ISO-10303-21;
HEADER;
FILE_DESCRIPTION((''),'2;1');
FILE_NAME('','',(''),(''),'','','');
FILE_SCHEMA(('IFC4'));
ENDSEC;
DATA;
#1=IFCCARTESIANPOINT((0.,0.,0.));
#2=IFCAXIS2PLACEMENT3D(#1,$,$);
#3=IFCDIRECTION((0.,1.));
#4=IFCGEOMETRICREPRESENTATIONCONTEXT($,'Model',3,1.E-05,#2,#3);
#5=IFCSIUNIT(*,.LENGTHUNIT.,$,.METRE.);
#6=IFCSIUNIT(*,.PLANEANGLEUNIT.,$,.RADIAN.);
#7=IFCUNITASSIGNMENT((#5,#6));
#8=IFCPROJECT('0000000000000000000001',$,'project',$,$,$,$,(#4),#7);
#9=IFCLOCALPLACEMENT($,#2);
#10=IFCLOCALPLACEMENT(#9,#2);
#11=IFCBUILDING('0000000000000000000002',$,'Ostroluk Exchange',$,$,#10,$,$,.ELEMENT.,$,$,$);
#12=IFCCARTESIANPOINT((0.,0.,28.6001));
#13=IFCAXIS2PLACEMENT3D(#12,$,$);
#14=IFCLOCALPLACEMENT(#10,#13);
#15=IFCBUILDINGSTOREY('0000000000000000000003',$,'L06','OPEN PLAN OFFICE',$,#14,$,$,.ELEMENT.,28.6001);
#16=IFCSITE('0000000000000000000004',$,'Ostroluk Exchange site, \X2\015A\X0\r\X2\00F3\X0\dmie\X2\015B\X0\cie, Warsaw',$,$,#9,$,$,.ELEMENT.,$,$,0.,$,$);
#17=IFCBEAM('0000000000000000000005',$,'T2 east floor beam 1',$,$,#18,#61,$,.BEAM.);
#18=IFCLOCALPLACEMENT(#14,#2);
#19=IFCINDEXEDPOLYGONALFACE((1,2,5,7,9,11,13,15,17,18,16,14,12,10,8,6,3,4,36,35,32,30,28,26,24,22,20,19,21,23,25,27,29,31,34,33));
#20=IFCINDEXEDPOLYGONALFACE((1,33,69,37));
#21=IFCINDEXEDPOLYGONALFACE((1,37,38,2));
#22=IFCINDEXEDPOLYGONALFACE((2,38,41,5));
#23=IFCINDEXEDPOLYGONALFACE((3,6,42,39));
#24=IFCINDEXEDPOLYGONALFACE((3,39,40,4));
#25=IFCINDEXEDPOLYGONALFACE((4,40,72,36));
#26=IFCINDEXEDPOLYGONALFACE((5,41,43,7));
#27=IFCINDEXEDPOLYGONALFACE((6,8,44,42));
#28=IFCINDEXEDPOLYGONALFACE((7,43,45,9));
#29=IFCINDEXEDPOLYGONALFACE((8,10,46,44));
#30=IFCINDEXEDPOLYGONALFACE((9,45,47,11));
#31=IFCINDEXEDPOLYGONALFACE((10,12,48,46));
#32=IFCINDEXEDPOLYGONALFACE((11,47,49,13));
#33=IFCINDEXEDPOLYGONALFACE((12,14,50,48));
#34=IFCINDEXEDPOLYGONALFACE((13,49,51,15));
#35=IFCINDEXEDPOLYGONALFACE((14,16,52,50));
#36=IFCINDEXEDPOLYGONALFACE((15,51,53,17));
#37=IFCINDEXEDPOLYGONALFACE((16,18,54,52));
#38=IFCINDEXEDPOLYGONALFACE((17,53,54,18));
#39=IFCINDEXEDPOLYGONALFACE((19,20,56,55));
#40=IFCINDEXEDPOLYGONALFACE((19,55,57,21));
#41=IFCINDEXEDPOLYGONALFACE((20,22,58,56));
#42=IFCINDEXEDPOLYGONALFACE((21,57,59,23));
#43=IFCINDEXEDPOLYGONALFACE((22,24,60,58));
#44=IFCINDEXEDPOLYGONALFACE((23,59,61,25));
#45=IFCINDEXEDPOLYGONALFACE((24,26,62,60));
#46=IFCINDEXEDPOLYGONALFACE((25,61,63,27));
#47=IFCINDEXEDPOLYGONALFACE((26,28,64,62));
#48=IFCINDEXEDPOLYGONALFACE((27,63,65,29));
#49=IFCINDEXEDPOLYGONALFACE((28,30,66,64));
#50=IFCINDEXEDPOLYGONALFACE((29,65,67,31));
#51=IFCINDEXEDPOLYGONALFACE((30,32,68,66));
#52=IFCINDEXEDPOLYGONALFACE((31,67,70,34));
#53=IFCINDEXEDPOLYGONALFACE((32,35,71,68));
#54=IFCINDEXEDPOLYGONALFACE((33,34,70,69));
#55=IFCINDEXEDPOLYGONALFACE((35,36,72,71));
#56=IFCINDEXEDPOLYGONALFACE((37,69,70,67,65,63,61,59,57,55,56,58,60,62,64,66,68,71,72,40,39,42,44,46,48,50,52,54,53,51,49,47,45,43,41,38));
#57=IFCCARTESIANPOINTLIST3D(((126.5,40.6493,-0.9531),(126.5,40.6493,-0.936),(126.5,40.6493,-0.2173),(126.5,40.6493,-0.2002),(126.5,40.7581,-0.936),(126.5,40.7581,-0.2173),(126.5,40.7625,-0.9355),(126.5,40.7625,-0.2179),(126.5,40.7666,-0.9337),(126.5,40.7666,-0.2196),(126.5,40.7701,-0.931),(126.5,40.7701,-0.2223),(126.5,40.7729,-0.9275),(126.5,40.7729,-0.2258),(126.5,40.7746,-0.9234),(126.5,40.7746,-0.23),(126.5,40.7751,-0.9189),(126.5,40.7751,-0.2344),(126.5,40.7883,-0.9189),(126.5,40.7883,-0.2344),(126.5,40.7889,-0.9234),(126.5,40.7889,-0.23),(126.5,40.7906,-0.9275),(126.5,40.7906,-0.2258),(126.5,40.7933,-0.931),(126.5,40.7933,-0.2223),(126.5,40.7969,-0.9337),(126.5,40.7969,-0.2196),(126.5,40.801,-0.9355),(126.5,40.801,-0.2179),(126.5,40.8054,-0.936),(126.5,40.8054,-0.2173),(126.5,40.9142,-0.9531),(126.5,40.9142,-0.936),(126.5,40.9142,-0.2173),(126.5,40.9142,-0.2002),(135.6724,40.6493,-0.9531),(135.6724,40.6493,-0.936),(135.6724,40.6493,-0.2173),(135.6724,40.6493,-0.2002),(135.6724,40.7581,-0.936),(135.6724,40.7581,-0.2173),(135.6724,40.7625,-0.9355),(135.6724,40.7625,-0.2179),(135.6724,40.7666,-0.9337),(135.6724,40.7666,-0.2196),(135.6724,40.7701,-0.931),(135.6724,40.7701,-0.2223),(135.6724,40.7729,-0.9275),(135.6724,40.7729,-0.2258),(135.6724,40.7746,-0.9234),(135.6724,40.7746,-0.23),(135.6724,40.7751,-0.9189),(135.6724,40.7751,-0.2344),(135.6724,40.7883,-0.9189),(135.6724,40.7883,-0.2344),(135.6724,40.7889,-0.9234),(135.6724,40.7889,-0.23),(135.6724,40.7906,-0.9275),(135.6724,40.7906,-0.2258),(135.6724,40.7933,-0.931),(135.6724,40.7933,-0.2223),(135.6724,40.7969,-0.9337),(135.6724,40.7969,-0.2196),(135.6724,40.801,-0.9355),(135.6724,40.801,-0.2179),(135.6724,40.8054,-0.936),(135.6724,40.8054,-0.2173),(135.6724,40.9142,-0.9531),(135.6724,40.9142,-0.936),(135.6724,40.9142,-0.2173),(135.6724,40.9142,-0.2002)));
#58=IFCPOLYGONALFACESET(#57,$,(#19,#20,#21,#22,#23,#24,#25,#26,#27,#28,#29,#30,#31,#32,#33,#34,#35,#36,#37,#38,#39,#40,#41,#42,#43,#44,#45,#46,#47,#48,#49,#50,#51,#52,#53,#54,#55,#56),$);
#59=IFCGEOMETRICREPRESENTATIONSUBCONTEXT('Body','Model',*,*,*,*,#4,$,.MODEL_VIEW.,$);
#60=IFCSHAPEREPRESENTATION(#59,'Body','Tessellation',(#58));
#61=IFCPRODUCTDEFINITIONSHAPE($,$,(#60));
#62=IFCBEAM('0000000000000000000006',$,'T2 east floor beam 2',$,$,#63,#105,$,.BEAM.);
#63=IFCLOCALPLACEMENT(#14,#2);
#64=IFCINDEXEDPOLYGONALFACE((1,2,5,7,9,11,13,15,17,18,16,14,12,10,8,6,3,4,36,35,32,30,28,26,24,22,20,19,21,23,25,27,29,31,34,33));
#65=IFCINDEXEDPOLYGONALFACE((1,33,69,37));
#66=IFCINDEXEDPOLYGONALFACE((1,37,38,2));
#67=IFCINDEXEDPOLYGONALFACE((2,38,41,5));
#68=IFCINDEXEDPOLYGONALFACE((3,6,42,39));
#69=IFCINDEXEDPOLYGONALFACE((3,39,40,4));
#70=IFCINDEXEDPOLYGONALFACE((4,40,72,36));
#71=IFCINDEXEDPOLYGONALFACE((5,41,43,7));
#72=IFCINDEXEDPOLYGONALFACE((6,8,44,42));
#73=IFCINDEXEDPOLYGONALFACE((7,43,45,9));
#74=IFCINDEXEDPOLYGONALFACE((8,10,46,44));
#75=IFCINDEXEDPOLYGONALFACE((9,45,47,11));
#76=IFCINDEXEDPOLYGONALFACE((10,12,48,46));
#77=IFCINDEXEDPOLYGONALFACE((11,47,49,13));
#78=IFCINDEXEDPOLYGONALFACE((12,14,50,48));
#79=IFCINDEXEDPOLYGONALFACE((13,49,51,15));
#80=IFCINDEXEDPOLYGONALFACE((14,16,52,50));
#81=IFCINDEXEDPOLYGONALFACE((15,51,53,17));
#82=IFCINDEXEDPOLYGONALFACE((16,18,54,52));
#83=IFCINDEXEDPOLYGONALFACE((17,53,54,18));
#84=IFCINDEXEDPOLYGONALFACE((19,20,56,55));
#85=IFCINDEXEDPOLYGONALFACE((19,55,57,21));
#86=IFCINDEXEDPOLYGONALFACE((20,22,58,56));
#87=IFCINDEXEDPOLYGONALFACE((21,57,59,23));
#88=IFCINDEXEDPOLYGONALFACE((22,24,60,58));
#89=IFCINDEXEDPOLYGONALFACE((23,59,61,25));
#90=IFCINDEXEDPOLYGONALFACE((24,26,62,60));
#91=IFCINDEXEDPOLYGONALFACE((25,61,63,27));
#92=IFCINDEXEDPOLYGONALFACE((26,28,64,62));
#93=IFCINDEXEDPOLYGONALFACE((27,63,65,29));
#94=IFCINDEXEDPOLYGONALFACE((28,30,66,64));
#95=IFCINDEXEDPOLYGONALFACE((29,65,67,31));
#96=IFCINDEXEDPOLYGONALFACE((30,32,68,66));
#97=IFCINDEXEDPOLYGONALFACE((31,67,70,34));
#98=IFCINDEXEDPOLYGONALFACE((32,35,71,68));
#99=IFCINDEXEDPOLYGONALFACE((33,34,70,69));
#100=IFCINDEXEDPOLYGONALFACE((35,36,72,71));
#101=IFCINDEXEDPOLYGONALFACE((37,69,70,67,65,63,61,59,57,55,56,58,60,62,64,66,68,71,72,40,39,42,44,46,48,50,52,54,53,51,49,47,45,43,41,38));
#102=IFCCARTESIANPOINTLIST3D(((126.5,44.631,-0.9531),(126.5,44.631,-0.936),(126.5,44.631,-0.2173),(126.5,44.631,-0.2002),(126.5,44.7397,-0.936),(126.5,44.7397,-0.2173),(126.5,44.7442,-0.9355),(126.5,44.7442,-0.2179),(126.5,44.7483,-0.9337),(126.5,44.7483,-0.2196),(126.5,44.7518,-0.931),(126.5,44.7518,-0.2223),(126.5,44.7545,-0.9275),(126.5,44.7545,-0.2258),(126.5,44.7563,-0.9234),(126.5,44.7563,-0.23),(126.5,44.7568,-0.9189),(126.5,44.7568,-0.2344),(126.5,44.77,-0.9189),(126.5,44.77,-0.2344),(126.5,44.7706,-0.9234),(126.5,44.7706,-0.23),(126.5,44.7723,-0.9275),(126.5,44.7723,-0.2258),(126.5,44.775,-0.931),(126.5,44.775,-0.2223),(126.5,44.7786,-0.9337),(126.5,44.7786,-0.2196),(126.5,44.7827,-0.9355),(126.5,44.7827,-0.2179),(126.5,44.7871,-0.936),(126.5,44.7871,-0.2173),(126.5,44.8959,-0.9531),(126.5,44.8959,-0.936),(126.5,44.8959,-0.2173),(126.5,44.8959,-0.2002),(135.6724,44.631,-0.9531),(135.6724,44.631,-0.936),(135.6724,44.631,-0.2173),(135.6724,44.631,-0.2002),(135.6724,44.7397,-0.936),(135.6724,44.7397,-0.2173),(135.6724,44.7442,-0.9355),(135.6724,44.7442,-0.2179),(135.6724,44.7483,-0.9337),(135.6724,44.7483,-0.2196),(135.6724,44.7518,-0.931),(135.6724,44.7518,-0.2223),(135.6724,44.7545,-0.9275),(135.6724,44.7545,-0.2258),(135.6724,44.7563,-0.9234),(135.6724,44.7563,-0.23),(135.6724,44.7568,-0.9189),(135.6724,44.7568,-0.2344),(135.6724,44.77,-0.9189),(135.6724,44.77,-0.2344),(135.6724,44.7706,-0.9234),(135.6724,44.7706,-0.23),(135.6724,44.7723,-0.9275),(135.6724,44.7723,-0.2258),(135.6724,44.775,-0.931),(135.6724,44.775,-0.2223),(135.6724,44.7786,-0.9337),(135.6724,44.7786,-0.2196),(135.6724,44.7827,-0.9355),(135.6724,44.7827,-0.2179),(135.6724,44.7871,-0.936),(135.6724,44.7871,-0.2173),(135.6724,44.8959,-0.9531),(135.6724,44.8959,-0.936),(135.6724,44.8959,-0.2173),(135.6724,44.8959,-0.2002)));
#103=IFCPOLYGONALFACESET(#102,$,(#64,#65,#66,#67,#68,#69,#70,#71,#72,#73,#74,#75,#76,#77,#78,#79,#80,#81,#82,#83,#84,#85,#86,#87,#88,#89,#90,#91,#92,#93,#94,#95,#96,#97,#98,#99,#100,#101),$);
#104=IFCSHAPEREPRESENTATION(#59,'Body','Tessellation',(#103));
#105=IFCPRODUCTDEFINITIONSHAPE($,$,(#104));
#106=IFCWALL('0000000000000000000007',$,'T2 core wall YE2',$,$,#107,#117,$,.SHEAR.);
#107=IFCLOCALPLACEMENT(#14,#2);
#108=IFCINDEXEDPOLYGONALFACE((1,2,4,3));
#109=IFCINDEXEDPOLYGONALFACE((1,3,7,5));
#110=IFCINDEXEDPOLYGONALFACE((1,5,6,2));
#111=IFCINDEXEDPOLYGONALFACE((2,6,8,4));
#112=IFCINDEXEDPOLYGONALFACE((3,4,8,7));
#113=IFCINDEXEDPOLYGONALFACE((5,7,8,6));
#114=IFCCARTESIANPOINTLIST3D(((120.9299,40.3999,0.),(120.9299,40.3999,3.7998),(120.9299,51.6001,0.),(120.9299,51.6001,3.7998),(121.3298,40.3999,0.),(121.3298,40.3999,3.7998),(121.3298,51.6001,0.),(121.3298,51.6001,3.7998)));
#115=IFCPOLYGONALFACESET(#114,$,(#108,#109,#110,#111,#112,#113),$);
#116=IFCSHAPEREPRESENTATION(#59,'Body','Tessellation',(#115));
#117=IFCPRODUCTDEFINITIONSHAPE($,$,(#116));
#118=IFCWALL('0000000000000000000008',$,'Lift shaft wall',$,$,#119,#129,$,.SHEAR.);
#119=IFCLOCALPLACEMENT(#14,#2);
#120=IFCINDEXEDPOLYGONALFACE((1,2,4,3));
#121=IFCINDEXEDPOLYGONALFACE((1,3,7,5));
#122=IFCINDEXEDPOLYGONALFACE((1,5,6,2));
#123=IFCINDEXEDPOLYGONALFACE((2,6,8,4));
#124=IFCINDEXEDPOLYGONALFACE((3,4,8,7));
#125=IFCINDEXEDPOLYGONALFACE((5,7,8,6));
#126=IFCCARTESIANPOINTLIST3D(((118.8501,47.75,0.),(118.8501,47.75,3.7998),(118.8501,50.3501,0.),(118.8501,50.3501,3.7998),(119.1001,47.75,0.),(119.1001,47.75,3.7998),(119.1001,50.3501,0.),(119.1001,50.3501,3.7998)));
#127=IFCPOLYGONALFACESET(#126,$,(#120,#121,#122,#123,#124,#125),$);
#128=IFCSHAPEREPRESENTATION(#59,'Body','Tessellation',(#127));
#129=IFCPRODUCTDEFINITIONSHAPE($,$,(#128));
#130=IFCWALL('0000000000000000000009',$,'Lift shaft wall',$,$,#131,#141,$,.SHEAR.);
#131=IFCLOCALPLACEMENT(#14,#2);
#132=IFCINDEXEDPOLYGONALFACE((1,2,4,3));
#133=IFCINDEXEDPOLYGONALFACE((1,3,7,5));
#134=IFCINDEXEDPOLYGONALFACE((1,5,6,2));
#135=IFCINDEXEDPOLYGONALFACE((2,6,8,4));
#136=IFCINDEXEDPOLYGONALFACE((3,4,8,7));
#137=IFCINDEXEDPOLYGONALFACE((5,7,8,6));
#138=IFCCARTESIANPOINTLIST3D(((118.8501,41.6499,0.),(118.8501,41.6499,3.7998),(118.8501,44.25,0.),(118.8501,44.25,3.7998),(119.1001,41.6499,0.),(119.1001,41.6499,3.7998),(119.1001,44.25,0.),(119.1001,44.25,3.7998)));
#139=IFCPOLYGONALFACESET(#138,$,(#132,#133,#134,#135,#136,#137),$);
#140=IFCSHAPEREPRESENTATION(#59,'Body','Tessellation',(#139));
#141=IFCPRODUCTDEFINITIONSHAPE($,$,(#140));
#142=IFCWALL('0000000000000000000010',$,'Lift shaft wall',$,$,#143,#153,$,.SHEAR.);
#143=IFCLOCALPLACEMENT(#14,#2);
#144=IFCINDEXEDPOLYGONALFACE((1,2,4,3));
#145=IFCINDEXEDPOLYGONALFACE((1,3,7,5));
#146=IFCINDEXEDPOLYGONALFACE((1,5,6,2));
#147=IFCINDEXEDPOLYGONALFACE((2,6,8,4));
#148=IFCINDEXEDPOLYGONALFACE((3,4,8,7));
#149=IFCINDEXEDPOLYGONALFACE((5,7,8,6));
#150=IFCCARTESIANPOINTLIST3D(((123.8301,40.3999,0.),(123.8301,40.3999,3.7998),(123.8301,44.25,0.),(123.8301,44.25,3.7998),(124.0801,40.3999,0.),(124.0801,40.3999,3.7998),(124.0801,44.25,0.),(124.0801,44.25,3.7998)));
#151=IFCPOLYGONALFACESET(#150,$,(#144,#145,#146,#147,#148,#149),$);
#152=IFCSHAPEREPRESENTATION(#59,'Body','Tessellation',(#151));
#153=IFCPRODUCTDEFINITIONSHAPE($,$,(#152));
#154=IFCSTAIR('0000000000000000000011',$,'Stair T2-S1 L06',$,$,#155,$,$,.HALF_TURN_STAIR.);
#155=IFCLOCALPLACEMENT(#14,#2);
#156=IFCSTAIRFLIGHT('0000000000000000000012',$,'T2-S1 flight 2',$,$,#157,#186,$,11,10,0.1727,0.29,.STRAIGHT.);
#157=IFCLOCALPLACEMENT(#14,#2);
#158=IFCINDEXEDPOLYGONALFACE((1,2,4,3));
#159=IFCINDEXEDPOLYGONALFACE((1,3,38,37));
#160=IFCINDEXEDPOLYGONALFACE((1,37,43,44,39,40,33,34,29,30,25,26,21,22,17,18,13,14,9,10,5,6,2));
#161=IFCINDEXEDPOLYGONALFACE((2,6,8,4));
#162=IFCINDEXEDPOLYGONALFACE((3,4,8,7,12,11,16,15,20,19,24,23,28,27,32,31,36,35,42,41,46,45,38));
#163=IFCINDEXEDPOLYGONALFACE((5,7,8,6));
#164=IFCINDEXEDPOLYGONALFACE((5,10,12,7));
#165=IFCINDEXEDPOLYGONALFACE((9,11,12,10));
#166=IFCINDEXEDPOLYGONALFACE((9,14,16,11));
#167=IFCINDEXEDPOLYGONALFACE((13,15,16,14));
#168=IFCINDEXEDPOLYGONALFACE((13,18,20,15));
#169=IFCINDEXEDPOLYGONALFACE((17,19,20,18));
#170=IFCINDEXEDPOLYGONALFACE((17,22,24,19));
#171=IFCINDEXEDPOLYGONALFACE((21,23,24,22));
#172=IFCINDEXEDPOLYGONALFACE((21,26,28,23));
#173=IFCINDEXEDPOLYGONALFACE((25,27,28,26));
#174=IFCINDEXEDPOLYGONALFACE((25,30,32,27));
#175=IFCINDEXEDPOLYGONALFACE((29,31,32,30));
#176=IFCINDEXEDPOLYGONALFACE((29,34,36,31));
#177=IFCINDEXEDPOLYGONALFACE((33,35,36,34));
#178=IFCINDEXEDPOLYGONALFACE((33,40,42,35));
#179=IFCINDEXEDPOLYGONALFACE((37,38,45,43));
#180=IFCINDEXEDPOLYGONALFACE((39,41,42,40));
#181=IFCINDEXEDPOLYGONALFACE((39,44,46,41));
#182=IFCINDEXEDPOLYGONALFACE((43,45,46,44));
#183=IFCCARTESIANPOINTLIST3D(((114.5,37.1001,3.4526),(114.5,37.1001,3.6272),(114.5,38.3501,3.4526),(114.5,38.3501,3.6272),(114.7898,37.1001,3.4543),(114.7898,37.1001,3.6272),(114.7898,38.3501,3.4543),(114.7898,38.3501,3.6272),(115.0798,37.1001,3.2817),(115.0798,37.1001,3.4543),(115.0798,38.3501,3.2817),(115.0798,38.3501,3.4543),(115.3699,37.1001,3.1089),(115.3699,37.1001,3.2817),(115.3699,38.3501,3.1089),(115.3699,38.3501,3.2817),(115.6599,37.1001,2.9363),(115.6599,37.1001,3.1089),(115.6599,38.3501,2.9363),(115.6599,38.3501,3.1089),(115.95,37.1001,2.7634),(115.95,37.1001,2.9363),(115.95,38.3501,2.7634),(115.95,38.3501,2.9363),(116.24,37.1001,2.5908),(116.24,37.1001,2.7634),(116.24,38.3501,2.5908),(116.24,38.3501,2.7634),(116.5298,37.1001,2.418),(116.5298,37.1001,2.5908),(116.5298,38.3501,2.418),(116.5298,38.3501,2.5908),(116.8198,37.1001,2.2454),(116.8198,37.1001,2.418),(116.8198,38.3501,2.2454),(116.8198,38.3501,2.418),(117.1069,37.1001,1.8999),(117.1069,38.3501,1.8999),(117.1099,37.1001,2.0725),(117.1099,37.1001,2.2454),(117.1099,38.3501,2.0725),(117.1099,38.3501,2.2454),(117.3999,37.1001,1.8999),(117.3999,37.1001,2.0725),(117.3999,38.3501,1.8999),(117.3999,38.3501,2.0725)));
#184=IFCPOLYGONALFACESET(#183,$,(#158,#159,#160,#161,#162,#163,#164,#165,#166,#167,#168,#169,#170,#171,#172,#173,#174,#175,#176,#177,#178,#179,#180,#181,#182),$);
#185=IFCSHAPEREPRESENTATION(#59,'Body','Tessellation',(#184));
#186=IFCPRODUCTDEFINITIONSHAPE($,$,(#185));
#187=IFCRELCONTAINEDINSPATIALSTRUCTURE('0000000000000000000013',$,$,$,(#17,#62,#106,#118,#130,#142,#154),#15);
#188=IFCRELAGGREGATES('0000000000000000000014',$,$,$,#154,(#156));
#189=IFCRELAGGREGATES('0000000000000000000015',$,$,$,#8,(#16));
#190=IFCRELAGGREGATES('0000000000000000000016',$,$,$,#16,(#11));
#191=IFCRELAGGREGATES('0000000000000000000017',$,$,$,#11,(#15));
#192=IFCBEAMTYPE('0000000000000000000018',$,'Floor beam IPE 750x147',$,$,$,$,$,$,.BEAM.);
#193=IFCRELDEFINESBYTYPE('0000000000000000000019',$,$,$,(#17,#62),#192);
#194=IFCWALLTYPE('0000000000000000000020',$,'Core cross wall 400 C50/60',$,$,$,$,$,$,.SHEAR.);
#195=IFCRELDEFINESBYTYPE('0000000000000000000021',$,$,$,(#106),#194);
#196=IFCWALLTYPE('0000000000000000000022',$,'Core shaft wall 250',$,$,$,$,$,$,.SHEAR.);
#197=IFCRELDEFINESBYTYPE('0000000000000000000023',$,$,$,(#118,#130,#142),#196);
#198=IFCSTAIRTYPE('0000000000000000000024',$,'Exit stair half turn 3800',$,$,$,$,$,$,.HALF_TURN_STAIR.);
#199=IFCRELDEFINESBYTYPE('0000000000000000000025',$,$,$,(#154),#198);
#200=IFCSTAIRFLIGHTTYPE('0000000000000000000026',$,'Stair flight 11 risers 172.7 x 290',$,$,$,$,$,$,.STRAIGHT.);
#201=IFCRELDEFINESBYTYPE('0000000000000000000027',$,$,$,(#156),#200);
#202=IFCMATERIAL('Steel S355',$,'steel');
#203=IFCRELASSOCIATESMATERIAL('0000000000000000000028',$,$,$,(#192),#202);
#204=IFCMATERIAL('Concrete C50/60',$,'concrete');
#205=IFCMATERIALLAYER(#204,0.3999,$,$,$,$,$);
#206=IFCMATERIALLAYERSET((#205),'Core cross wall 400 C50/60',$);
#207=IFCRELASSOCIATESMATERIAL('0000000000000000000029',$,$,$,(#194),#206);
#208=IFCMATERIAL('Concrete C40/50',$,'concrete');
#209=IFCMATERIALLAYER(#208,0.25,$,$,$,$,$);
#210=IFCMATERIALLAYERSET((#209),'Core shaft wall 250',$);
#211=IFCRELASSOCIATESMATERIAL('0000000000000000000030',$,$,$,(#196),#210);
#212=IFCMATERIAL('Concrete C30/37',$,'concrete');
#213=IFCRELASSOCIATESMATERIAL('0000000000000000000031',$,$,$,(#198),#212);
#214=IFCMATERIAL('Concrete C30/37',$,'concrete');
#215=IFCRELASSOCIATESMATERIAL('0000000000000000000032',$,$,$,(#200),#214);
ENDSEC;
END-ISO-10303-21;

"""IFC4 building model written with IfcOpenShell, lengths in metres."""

from ifc_helpers import new_model, si_unit, direction, frame, frame_2d, origin, origin_2d, place, context, subcontext, project, spatial, polyline, rectangle, i_section, outline, extrude, material, layer, layer_set, material_profile, profile_set, type_object, element, aggregate, save


model = new_model("IFC4")

# Units and contexts
model_context = context("Model", 3, precision=1e-05, world=origin(), true_north=direction((0.0, 1.0)))
body_context = subcontext(model_context, "Body", "Model", "MODEL_VIEW")
ifc_project = project(units=[si_unit("LENGTHUNIT", "METRE"), si_unit("PLANEANGLEUNIT", "RADIAN")], contexts=[model_context])

# Site, building, storey
site_placement = place(None, origin())
site = spatial("IfcSite", under=ifc_project, at=site_placement, Name="Ostroluk Exchange site, Śródmieście, Warsaw", CompositionType="ELEMENT", RefElevation=0.0)
building_placement = place(site_placement, origin())
building = spatial("IfcBuilding", under=site, at=building_placement, Name="Ostroluk Exchange", CompositionType="ELEMENT")
storey_placement = place(building_placement, frame((0.0, 0.0, 28.6001)))
storey = spatial("IfcBuildingStorey", under=building, at=storey_placement, Name="L06", Description="OPEN PLAN OFFICE", CompositionType="ELEMENT", Elevation=28.6001)

# Beams
ifc_material_1 = material(Name="Steel S355", Category="steel")
ifc_material_profile = material_profile(ifc_material_1, i_section(OverallWidth=0.2649, OverallDepth=0.7529, WebThickness=0.0132, FlangeThickness=0.0171, FilletRadius=0.0171, at=origin_2d()), Name="IPE 750x147")
ifc_profile_set = profile_set([ifc_material_profile], Name="Steel S355")
beam_type = type_object("IfcBeamType", Name="Floor beam IPE 750x147", PredefinedType="BEAM", material=ifc_profile_set)
for number, where, z_axis, x_axis, name in (
    (1, (126.5, 40.7817, -0.5767), (1.0, 0.0, 0.0), (0.0, 1.0, 0.0), "T2 east floor beam 1"),
    (2, (126.5, 44.7634, -0.5767), (1.0, 0.0, 0.0), (0.0, 1.0, 0.0), "T2 east floor beam 2"),
):
    element("IfcBeam", number, at=place(storey_placement, frame(where, z_axis=z_axis, x_axis=x_axis)), inside=storey, type_object=beam_type, Name=name, PredefinedType="BEAM", context=body_context, shape_type="SweptSolid", body=[
        extrude(i_section(OverallWidth=0.2649, OverallDepth=0.7529, WebThickness=0.0132, FlangeThickness=0.0171, FilletRadius=0.0171, at=origin_2d()), origin(), (0.0, 0.0, 1.0), 9.1724),
    ])

# Walls
ifc_material_2 = material(Name="Concrete C50/60", Category="concrete")
ifc_layer_1 = layer(ifc_material_2, 0.3999)
ifc_layer_set_1 = layer_set([ifc_layer_1], Name="Core cross wall 400 C50/60")
wall_type_1 = type_object("IfcWallType", Name="Core cross wall 400 C50/60", PredefinedType="SHEAR", material=ifc_layer_set_1)
wall_1_placement = place(storey_placement, frame((121.1299, 40.3999, 0.0), z_axis=(0.0, 0.0, 1.0), x_axis=(0.0, 1.0, 0.0)))
element("IfcWall", 3, at=wall_1_placement, inside=storey, type_object=wall_type_1, Name="T2 core wall YE2", PredefinedType="SHEAR", context=body_context, shape_type="SweptSolid", body=[
    extrude(rectangle(XDim=11.2002, YDim=0.3999, at=frame_2d((5.6001, 0.0))), origin(), (0.0, 0.0, 1.0), 3.7998),
])
ifc_material_3 = material(Name="Concrete C40/50", Category="concrete")
ifc_layer_2 = layer(ifc_material_3, 0.25)
ifc_layer_set_2 = layer_set([ifc_layer_2], Name="Core shaft wall 250")
wall_type_2 = type_object("IfcWallType", Name="Core shaft wall 250", PredefinedType="SHEAR", material=ifc_layer_set_2)
for number, where, z_axis, x_axis, name in (
    (4, (118.9751, 47.75, 0.0), (0.0, 0.0, 1.0), (0.0, 1.0, 0.0), "Lift shaft wall"),
    (5, (118.9751, 44.25, 0.0), (0.0, 0.0, 1.0), (0.0, -1.0, 0.0), "Lift shaft wall"),
):
    element("IfcWall", number, at=place(storey_placement, frame(where, z_axis=z_axis, x_axis=x_axis)), inside=storey, type_object=wall_type_2, Name=name, PredefinedType="SHEAR", context=body_context, shape_type="SweptSolid", body=[
        extrude(rectangle(XDim=2.6001, YDim=0.25, at=frame_2d((1.3, 0.0))), origin(), (0.0, 0.0, 1.0), 3.7998),
    ])

# Wall
wall_2_placement = place(storey_placement, frame((123.9551, 44.25, 0.0), z_axis=(0.0, 0.0, 1.0), x_axis=(0.0, -1.0, 0.0)))
element("IfcWall", 6, at=wall_2_placement, inside=storey, type_object=wall_type_2, Name="Lift shaft wall", PredefinedType="SHEAR", context=body_context, shape_type="SweptSolid", body=[
    extrude(rectangle(XDim=3.8501, YDim=0.25, at=frame_2d((1.925, 0.0))), origin(), (0.0, 0.0, 1.0), 3.7998),
])

# Stair, stair flight
ifc_material_4 = material(Name="Concrete C30/37", Category="concrete")
stair_type = type_object("IfcStairType", Name="Exit stair half turn 3800", PredefinedType="HALF_TURN_STAIR", material=ifc_material_4)
stair_placement = place(storey_placement, origin())
stair = element("IfcStair", 7, at=stair_placement, inside=storey, type_object=stair_type, Name="Stair T2-S1 L06", PredefinedType="HALF_TURN_STAIR")
ifc_material_5 = material(Name="Concrete C30/37", Category="concrete")
stair_flight_type = type_object("IfcStairFlightType", Name="Stair flight 11 risers 172.7 x 290", PredefinedType="STRAIGHT", material=ifc_material_5)
stair_flight_placement = place(storey_placement, frame((117.3999, 37.7251, 1.8999), z_axis=(0.0, 0.0, 1.0), x_axis=(-1.0, 0.0, 0.0)))
stair_flight = element("IfcStairFlight", 8, at=stair_flight_placement, type_object=stair_flight_type, Name="T2-S1 flight 2", NumberOfRisers=11, NumberOfTreads=10, PredefinedType="STRAIGHT", RiserHeight=0.1727, TreadLength=0.29, context=body_context, shape_type="SweptSolid", body=[
    extrude(outline(polyline([(0.0, 0.0), (0.0, 0.1726), (0.29, 0.1726), (0.29, 0.3455), (0.5801, 0.3455), (0.5801, 0.5181), (0.8701, 0.5181), (0.8701, 0.6909), (1.1599, 0.6909), (1.1599, 0.8635), (1.45, 0.8635), (1.45, 1.0364), (1.74, 1.0364), (1.74, 1.209), (2.03, 1.209), (2.03, 1.3818), (2.3201, 1.3818), (2.3201, 1.5544), (2.6101, 1.5544), (2.6101, 1.7273), (2.8999, 1.7273), (2.8999, 1.8999), (2.8999, 1.5527), (0.293, 0.0), (0.0, 0.0)])), frame((0.0, 0.625, 0.0), z_axis=(0.0, -1.0, 0.0), x_axis=(1.0, 0.0, 0.0)), (0.0, 0.0, 1.0), 1.25),
])
aggregate(stair, [stair_flight])

save(model, "model.ifc")
